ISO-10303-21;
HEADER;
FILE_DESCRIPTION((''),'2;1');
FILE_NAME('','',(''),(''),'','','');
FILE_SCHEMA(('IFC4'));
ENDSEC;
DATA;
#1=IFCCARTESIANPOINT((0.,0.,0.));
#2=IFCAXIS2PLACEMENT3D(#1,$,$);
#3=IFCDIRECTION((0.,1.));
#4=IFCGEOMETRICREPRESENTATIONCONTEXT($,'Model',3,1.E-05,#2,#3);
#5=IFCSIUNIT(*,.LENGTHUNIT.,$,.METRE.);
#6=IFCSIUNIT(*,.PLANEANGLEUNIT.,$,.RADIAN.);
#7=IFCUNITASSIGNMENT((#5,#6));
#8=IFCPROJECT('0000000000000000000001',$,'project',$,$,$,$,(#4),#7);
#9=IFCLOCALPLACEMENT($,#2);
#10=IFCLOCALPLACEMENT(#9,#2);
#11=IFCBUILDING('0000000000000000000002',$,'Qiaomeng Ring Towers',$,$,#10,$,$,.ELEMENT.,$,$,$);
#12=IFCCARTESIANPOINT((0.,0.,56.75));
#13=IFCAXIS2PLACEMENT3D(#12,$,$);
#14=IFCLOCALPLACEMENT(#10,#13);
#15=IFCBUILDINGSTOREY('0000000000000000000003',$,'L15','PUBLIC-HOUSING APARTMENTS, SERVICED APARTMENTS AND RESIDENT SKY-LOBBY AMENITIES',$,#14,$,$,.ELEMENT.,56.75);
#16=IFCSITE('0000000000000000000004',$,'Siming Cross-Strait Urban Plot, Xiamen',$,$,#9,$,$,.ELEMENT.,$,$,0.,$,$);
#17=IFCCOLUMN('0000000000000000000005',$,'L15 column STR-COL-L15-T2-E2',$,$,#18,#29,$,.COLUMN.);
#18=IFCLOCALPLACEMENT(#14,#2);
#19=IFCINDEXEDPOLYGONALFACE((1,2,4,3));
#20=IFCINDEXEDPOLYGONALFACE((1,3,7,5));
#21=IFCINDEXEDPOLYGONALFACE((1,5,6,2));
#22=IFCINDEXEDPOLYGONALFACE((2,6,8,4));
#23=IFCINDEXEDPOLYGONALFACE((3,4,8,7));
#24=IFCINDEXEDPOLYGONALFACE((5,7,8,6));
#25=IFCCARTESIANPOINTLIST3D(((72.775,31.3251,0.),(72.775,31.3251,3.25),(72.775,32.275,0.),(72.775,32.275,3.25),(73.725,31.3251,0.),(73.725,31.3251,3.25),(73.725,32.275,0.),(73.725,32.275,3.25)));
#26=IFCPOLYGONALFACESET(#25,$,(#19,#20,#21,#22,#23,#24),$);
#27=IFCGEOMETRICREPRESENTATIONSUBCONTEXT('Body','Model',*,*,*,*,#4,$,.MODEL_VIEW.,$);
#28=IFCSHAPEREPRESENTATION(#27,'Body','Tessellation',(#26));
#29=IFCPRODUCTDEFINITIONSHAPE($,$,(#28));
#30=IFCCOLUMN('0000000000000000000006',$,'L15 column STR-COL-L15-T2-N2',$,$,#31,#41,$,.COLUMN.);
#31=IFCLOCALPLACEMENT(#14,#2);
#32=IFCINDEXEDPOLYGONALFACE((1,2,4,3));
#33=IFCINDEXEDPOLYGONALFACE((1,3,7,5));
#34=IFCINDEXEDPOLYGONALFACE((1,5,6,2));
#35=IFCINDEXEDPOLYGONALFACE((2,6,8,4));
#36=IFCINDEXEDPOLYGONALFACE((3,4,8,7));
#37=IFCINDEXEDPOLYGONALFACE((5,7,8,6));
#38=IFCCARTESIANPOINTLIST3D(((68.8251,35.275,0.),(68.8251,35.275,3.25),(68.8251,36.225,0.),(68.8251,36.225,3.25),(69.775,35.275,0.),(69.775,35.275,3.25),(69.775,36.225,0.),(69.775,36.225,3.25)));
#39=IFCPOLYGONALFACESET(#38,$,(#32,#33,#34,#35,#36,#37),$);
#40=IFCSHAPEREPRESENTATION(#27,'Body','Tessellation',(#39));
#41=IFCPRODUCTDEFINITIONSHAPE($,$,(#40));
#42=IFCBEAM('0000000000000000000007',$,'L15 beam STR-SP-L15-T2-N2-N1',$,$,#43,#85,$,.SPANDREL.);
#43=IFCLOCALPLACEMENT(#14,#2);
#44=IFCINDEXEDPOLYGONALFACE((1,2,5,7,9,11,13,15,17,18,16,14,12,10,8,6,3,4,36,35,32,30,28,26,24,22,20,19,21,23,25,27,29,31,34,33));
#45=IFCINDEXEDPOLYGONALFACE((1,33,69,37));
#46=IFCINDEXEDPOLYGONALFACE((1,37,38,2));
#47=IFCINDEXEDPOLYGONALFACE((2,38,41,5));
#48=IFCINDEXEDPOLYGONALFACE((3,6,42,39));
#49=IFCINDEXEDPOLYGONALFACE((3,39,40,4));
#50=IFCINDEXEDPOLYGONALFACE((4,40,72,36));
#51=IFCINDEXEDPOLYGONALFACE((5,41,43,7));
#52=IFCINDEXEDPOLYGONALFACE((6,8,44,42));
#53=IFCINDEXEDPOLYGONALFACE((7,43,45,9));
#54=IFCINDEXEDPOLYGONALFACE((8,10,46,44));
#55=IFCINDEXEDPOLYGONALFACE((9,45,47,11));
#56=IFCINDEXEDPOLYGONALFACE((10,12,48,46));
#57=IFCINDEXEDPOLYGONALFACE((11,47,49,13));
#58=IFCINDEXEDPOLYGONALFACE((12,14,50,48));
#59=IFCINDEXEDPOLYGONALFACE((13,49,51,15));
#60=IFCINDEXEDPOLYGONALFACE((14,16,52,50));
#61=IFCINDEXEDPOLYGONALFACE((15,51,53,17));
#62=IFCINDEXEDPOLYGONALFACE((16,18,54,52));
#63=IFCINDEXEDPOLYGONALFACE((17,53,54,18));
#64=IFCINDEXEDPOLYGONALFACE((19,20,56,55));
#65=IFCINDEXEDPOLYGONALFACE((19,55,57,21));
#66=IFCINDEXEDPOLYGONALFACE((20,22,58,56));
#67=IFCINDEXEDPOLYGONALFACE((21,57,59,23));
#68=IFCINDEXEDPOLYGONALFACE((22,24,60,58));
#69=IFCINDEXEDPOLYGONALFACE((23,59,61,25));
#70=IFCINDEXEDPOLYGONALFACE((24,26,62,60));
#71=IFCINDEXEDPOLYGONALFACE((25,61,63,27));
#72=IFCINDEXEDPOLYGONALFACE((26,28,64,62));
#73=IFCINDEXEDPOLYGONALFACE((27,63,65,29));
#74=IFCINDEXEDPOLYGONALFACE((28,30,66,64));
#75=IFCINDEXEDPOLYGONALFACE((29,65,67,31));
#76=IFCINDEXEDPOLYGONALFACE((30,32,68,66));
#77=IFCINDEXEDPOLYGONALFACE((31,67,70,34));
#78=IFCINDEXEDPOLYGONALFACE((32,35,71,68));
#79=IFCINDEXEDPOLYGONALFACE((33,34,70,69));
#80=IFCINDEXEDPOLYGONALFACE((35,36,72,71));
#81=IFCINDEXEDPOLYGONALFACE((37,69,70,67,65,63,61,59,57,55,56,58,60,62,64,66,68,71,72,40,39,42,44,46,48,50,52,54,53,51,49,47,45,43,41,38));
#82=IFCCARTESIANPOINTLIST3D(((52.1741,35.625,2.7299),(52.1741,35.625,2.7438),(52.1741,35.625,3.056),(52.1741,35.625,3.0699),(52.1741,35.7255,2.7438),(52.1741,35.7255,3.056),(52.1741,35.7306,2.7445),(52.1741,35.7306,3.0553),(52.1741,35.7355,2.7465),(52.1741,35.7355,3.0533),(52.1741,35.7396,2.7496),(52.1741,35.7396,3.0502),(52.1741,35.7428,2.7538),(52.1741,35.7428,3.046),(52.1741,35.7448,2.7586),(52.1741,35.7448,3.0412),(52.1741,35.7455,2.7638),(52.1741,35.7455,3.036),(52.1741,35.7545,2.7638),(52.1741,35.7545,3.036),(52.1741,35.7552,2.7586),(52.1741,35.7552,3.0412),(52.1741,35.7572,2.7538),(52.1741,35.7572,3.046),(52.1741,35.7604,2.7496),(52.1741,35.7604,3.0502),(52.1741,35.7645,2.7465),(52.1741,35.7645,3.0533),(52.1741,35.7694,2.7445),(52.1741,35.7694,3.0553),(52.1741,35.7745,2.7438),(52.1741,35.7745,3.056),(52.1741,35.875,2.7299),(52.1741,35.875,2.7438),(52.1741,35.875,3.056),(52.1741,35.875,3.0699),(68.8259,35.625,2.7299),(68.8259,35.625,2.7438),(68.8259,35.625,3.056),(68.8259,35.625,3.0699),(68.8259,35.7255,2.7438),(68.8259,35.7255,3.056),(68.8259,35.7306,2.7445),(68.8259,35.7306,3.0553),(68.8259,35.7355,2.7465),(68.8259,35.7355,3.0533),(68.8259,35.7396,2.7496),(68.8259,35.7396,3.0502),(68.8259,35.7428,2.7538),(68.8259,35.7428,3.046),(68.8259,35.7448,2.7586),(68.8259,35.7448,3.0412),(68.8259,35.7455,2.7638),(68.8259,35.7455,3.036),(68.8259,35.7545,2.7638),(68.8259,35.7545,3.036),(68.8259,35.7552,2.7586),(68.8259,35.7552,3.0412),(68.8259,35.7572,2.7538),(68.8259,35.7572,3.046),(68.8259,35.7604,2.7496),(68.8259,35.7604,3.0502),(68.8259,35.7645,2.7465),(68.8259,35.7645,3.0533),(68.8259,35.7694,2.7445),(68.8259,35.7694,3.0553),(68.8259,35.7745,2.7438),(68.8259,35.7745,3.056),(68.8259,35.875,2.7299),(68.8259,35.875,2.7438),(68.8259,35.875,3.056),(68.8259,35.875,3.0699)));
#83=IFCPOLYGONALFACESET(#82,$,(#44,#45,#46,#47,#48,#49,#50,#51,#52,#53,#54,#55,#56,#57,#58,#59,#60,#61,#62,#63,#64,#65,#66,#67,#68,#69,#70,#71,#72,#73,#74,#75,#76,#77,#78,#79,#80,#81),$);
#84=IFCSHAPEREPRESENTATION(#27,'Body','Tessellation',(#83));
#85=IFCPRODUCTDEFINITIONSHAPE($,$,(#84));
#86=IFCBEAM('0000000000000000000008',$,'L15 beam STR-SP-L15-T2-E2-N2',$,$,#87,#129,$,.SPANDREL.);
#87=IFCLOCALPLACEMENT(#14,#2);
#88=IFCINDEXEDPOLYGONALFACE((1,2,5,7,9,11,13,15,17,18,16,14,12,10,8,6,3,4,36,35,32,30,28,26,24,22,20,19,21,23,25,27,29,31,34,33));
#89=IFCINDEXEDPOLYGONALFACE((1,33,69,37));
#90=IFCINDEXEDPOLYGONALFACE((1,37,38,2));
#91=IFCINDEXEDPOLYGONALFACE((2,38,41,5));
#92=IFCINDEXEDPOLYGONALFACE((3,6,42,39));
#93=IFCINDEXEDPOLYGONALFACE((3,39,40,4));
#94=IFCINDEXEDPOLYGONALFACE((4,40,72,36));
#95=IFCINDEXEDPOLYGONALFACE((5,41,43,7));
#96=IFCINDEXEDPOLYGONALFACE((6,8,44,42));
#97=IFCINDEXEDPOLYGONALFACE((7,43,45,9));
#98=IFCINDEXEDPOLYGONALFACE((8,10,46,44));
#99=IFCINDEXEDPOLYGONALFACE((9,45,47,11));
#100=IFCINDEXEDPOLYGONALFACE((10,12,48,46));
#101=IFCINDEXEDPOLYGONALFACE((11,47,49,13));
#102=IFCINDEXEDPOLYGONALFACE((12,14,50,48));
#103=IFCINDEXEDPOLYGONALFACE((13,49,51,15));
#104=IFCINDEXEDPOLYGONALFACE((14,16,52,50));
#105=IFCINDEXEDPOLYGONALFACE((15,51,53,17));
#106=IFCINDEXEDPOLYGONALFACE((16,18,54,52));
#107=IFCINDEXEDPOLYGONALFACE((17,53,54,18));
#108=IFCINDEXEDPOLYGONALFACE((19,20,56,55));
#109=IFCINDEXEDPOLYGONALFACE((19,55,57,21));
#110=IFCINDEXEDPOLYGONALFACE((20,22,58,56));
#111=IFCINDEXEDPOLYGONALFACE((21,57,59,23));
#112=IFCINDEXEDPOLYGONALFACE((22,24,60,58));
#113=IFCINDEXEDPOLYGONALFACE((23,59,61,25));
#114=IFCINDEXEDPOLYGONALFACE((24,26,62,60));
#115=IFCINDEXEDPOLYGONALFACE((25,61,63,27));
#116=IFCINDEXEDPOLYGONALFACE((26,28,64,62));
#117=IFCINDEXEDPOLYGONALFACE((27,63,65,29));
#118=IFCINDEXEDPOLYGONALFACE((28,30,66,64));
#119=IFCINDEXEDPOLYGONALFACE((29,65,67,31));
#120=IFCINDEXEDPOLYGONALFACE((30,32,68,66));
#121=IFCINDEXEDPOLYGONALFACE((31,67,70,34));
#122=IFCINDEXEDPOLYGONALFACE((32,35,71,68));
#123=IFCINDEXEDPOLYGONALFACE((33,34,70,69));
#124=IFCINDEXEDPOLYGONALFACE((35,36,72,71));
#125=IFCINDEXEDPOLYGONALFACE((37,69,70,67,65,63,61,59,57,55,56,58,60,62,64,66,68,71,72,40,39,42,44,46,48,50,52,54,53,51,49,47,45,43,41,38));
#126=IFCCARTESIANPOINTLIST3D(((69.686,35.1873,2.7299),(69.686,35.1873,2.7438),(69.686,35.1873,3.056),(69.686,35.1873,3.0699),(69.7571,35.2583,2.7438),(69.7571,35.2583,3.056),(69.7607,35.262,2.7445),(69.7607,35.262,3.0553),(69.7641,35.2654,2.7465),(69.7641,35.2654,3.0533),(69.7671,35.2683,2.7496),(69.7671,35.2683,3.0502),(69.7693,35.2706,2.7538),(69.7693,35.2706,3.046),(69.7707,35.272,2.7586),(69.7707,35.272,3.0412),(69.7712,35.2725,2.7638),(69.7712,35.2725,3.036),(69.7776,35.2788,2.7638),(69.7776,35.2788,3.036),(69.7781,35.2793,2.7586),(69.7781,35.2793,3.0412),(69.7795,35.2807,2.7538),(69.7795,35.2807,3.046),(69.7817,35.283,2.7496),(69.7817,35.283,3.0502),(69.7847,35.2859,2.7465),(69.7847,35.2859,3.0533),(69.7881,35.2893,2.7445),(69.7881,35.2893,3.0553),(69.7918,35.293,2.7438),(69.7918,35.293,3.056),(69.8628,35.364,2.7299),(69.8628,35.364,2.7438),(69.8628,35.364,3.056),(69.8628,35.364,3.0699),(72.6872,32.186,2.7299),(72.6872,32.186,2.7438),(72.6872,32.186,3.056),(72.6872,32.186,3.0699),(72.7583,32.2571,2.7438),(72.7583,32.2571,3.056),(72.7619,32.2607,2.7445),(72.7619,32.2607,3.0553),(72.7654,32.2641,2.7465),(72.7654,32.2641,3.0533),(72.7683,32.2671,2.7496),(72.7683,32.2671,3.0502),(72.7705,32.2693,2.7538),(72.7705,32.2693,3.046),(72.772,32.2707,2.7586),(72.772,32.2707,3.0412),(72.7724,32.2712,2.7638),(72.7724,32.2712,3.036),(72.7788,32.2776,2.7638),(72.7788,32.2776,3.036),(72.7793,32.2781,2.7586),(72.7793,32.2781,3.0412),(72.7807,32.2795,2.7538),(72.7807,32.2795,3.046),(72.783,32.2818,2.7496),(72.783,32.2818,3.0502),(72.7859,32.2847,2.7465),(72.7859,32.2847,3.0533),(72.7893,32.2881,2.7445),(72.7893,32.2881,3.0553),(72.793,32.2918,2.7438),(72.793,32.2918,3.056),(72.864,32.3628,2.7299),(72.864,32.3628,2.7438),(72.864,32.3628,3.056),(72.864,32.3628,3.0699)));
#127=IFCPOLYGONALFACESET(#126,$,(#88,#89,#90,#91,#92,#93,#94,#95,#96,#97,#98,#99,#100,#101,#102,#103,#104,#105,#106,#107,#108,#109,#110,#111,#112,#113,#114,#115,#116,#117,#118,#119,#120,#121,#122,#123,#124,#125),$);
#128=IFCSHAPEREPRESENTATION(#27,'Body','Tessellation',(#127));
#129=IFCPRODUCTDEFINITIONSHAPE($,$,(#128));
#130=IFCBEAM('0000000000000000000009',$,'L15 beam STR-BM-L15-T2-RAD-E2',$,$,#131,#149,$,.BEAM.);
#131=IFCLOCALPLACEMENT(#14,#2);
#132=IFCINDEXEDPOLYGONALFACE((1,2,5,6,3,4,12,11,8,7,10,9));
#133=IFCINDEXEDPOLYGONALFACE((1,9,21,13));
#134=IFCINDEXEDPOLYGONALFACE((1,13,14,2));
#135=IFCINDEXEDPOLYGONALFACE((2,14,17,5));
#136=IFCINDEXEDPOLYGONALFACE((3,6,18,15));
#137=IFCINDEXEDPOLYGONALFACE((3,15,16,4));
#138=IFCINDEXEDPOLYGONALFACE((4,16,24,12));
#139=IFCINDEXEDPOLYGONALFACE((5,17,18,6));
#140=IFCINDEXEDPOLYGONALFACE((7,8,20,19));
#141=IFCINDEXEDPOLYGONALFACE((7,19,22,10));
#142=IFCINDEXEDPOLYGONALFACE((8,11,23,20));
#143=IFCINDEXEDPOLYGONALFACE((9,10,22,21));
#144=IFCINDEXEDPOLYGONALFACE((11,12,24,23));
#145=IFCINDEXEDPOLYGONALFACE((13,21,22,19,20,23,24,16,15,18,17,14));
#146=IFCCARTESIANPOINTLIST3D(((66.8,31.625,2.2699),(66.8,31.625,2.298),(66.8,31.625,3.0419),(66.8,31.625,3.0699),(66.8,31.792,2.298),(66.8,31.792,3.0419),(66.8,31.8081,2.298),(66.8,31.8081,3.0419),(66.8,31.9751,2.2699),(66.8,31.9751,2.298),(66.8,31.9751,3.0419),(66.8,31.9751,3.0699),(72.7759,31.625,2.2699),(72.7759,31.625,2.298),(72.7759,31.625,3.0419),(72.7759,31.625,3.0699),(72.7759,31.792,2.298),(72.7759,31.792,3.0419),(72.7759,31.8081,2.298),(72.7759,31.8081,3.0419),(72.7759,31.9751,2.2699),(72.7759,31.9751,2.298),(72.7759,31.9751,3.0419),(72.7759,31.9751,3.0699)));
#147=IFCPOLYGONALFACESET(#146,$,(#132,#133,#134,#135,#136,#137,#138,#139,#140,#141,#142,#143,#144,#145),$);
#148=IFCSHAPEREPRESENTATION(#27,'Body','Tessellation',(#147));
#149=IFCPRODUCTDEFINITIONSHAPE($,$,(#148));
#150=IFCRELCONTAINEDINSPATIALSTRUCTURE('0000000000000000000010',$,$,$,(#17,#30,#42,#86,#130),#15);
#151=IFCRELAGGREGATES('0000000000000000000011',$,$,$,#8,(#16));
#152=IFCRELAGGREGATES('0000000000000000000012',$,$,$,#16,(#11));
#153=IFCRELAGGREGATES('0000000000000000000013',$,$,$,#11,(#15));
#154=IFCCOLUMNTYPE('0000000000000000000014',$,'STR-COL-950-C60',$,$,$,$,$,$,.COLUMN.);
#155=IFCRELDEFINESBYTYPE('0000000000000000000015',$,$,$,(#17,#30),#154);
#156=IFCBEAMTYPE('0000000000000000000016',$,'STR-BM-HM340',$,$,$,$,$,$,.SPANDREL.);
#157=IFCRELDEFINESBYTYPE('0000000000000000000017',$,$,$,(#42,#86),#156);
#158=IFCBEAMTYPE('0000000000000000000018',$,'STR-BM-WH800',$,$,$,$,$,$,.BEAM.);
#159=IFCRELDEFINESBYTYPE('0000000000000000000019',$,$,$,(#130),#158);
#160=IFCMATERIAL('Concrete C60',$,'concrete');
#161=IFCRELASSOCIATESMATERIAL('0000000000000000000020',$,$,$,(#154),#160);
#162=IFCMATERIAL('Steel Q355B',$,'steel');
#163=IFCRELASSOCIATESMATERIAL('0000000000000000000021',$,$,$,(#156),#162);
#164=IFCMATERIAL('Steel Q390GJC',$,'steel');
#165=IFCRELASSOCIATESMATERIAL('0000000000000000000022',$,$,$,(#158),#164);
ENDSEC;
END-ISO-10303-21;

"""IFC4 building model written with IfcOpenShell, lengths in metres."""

from ifc_helpers import new_model, si_unit, direction, frame, origin, origin_2d, place, context, subcontext, project, spatial, rectangle, i_section, extrude, source, transform, mapped, material, material_profile, profile_set, type_object, element, save


model = new_model("IFC4")

# Units and contexts
model_context = context("Model", 3, precision=1e-05, world=origin(), true_north=direction((0.0, 1.0)))
body_context = subcontext(model_context, "Body", "Model", "MODEL_VIEW")
ifc_project = project(units=[si_unit("LENGTHUNIT", "METRE"), si_unit("PLANEANGLEUNIT", "RADIAN")], contexts=[model_context])

# Site, building, storey
site_placement = place(None, origin())
site = spatial("IfcSite", under=ifc_project, at=site_placement, Name="Siming Cross-Strait Urban Plot, Xiamen", CompositionType="ELEMENT", RefElevation=0.0)
building_placement = place(site_placement, origin())
building = spatial("IfcBuilding", under=site, at=building_placement, Name="Qiaomeng Ring Towers", CompositionType="ELEMENT")
storey_placement = place(building_placement, frame((0.0, 0.0, 56.75)))
storey = spatial("IfcBuildingStorey", under=building, at=storey_placement, Name="L15", Description="PUBLIC-HOUSING APARTMENTS, SERVICED APARTMENTS AND RESIDENT SKY-LOBBY AMENITIES", CompositionType="ELEMENT", Elevation=56.75)

# Columns
ifc_material_1 = material(Name="Concrete C60", Category="concrete")
ifc_material_profile_1 = material_profile(ifc_material_1, rectangle(XDim=0.95, YDim=0.95, at=origin_2d()), Name="RC COL 950x950")
ifc_profile_set_1 = profile_set([ifc_material_profile_1], Name="Concrete C60")
column_type = type_object("IfcColumnType", Name="STR-COL-950-C60", PredefinedType="COLUMN", material=ifc_profile_set_1)
shared_shape_1 = source(origin(), body_context, "Body", "SweptSolid", [
    extrude(rectangle(XDim=0.95, YDim=0.95, at=origin_2d()), origin(), (0.0, 0.0, 1.0), 3.25),
])
for number, where, z_axis, x_axis, name in (
    (1, (73.25, 31.8, 0.0), (0.0, 0.0, 1.0), (1.0, 0.0, 0.0), "L15 column STR-COL-L15-T2-E2"),
    (2, (69.3, 35.75, 0.0), (0.0, 0.0, 1.0), (1.0, 0.0, 0.0), "L15 column STR-COL-L15-T2-N2"),
):
    element("IfcColumn", number, at=place(storey_placement, frame(where, z_axis=z_axis, x_axis=x_axis)), inside=storey, type_object=column_type, Name=name, PredefinedType="COLUMN", context=body_context, shape_type="MappedRepresentation", body=[
        mapped(shared_shape_1, transform((0.0, 0.0, 0.0), x_axis=(1.0, 0.0, 0.0), y_axis=(0.0, 1.0, 0.0), z_axis=(0.0, 0.0, 1.0), scale=1.0)),
    ])

# Beams
ifc_material_2 = material(Name="Steel Q355B", Category="steel")
ifc_material_profile_2 = material_profile(ifc_material_2, i_section(OverallWidth=0.25, OverallDepth=0.3401, WebThickness=0.009, FlangeThickness=0.0139, FilletRadius=0.02, at=origin_2d()), Name="HM 340x250x9x14")
ifc_profile_set_2 = profile_set([ifc_material_profile_2], Name="Steel Q355B")
beam_type_1 = type_object("IfcBeamType", Name="STR-BM-HM340", PredefinedType="SPANDREL", material=ifc_profile_set_2)
shared_shape_2 = source(origin(), body_context, "Body", "SweptSolid", [
    extrude(i_section(OverallWidth=0.25, OverallDepth=0.3401, WebThickness=0.009, FlangeThickness=0.0139, FilletRadius=0.02, at=origin_2d()), origin(), (0.0, 0.0, 1.0), 16.6519),
])
beam_1_placement = place(storey_placement, frame((68.8259, 35.75, 2.8999), z_axis=(-1.0, 0.0, 0.0), x_axis=(0.0, -1.0, 0.0)))
element("IfcBeam", 3, at=beam_1_placement, inside=storey, type_object=beam_type_1, Name="L15 beam STR-SP-L15-T2-N2-N1", PredefinedType="SPANDREL", context=body_context, shape_type="MappedRepresentation", body=[
    mapped(shared_shape_2, transform((0.0, 0.0, 0.0), x_axis=(1.0, 0.0, 0.0), y_axis=(0.0, 1.0, 0.0), z_axis=(0.0, 0.0, 1.0), scale=1.0)),
])
shared_shape_3 = source(origin(), body_context, "Body", "SweptSolid", [
    extrude(i_section(OverallWidth=0.25, OverallDepth=0.3401, WebThickness=0.009, FlangeThickness=0.0139, FilletRadius=0.02, at=origin_2d()), origin(), (0.0, 0.0, 1.0), 4.2444),
])
beam_2_placement = place(storey_placement, frame((72.7756, 32.2744, 2.8999), z_axis=(-0.707107, 0.707107, 0.0), x_axis=(-0.707107, -0.707107, 0.0)))
element("IfcBeam", 4, at=beam_2_placement, inside=storey, type_object=beam_type_1, Name="L15 beam STR-SP-L15-T2-E2-N2", PredefinedType="SPANDREL", context=body_context, shape_type="MappedRepresentation", body=[
    mapped(shared_shape_3, transform((0.0, 0.0, 0.0), x_axis=(1.0, 0.0, 0.0), y_axis=(0.0, 1.0, 0.0), z_axis=(0.0, 0.0, 1.0), scale=1.0)),
])
ifc_material_3 = material(Name="Steel Q390GJC", Category="steel")
ifc_material_profile_3 = material_profile(ifc_material_3, i_section(OverallWidth=0.3501, OverallDepth=0.8, WebThickness=0.0161, FlangeThickness=0.0281, at=origin_2d()), Name="WH 800x350x16x28")
ifc_profile_set_3 = profile_set([ifc_material_profile_3], Name="Steel Q390GJC")
beam_type_2 = type_object("IfcBeamType", Name="STR-BM-WH800", PredefinedType="BEAM", material=ifc_profile_set_3)
shared_shape_4 = source(origin(), body_context, "Body", "SweptSolid", [
    extrude(i_section(OverallWidth=0.3501, OverallDepth=0.8, WebThickness=0.0161, FlangeThickness=0.0281, at=origin_2d()), origin(), (0.0, 0.0, 1.0), 5.9758),
])
beam_3_placement = place(storey_placement, frame((66.8, 31.8, 2.6699), z_axis=(1.0, 0.0, 0.0), x_axis=(0.0, 1.0, 0.0)))
element("IfcBeam", 5, at=beam_3_placement, inside=storey, type_object=beam_type_2, Name="L15 beam STR-BM-L15-T2-RAD-E2", PredefinedType="BEAM", context=body_context, shape_type="MappedRepresentation", body=[
    mapped(shared_shape_4, transform((0.0, 0.0, 0.0), x_axis=(1.0, 0.0, 0.0), y_axis=(0.0, 1.0, 0.0), z_axis=(0.0, 0.0, 1.0), scale=1.0)),
])

save(model, "model.ifc")
